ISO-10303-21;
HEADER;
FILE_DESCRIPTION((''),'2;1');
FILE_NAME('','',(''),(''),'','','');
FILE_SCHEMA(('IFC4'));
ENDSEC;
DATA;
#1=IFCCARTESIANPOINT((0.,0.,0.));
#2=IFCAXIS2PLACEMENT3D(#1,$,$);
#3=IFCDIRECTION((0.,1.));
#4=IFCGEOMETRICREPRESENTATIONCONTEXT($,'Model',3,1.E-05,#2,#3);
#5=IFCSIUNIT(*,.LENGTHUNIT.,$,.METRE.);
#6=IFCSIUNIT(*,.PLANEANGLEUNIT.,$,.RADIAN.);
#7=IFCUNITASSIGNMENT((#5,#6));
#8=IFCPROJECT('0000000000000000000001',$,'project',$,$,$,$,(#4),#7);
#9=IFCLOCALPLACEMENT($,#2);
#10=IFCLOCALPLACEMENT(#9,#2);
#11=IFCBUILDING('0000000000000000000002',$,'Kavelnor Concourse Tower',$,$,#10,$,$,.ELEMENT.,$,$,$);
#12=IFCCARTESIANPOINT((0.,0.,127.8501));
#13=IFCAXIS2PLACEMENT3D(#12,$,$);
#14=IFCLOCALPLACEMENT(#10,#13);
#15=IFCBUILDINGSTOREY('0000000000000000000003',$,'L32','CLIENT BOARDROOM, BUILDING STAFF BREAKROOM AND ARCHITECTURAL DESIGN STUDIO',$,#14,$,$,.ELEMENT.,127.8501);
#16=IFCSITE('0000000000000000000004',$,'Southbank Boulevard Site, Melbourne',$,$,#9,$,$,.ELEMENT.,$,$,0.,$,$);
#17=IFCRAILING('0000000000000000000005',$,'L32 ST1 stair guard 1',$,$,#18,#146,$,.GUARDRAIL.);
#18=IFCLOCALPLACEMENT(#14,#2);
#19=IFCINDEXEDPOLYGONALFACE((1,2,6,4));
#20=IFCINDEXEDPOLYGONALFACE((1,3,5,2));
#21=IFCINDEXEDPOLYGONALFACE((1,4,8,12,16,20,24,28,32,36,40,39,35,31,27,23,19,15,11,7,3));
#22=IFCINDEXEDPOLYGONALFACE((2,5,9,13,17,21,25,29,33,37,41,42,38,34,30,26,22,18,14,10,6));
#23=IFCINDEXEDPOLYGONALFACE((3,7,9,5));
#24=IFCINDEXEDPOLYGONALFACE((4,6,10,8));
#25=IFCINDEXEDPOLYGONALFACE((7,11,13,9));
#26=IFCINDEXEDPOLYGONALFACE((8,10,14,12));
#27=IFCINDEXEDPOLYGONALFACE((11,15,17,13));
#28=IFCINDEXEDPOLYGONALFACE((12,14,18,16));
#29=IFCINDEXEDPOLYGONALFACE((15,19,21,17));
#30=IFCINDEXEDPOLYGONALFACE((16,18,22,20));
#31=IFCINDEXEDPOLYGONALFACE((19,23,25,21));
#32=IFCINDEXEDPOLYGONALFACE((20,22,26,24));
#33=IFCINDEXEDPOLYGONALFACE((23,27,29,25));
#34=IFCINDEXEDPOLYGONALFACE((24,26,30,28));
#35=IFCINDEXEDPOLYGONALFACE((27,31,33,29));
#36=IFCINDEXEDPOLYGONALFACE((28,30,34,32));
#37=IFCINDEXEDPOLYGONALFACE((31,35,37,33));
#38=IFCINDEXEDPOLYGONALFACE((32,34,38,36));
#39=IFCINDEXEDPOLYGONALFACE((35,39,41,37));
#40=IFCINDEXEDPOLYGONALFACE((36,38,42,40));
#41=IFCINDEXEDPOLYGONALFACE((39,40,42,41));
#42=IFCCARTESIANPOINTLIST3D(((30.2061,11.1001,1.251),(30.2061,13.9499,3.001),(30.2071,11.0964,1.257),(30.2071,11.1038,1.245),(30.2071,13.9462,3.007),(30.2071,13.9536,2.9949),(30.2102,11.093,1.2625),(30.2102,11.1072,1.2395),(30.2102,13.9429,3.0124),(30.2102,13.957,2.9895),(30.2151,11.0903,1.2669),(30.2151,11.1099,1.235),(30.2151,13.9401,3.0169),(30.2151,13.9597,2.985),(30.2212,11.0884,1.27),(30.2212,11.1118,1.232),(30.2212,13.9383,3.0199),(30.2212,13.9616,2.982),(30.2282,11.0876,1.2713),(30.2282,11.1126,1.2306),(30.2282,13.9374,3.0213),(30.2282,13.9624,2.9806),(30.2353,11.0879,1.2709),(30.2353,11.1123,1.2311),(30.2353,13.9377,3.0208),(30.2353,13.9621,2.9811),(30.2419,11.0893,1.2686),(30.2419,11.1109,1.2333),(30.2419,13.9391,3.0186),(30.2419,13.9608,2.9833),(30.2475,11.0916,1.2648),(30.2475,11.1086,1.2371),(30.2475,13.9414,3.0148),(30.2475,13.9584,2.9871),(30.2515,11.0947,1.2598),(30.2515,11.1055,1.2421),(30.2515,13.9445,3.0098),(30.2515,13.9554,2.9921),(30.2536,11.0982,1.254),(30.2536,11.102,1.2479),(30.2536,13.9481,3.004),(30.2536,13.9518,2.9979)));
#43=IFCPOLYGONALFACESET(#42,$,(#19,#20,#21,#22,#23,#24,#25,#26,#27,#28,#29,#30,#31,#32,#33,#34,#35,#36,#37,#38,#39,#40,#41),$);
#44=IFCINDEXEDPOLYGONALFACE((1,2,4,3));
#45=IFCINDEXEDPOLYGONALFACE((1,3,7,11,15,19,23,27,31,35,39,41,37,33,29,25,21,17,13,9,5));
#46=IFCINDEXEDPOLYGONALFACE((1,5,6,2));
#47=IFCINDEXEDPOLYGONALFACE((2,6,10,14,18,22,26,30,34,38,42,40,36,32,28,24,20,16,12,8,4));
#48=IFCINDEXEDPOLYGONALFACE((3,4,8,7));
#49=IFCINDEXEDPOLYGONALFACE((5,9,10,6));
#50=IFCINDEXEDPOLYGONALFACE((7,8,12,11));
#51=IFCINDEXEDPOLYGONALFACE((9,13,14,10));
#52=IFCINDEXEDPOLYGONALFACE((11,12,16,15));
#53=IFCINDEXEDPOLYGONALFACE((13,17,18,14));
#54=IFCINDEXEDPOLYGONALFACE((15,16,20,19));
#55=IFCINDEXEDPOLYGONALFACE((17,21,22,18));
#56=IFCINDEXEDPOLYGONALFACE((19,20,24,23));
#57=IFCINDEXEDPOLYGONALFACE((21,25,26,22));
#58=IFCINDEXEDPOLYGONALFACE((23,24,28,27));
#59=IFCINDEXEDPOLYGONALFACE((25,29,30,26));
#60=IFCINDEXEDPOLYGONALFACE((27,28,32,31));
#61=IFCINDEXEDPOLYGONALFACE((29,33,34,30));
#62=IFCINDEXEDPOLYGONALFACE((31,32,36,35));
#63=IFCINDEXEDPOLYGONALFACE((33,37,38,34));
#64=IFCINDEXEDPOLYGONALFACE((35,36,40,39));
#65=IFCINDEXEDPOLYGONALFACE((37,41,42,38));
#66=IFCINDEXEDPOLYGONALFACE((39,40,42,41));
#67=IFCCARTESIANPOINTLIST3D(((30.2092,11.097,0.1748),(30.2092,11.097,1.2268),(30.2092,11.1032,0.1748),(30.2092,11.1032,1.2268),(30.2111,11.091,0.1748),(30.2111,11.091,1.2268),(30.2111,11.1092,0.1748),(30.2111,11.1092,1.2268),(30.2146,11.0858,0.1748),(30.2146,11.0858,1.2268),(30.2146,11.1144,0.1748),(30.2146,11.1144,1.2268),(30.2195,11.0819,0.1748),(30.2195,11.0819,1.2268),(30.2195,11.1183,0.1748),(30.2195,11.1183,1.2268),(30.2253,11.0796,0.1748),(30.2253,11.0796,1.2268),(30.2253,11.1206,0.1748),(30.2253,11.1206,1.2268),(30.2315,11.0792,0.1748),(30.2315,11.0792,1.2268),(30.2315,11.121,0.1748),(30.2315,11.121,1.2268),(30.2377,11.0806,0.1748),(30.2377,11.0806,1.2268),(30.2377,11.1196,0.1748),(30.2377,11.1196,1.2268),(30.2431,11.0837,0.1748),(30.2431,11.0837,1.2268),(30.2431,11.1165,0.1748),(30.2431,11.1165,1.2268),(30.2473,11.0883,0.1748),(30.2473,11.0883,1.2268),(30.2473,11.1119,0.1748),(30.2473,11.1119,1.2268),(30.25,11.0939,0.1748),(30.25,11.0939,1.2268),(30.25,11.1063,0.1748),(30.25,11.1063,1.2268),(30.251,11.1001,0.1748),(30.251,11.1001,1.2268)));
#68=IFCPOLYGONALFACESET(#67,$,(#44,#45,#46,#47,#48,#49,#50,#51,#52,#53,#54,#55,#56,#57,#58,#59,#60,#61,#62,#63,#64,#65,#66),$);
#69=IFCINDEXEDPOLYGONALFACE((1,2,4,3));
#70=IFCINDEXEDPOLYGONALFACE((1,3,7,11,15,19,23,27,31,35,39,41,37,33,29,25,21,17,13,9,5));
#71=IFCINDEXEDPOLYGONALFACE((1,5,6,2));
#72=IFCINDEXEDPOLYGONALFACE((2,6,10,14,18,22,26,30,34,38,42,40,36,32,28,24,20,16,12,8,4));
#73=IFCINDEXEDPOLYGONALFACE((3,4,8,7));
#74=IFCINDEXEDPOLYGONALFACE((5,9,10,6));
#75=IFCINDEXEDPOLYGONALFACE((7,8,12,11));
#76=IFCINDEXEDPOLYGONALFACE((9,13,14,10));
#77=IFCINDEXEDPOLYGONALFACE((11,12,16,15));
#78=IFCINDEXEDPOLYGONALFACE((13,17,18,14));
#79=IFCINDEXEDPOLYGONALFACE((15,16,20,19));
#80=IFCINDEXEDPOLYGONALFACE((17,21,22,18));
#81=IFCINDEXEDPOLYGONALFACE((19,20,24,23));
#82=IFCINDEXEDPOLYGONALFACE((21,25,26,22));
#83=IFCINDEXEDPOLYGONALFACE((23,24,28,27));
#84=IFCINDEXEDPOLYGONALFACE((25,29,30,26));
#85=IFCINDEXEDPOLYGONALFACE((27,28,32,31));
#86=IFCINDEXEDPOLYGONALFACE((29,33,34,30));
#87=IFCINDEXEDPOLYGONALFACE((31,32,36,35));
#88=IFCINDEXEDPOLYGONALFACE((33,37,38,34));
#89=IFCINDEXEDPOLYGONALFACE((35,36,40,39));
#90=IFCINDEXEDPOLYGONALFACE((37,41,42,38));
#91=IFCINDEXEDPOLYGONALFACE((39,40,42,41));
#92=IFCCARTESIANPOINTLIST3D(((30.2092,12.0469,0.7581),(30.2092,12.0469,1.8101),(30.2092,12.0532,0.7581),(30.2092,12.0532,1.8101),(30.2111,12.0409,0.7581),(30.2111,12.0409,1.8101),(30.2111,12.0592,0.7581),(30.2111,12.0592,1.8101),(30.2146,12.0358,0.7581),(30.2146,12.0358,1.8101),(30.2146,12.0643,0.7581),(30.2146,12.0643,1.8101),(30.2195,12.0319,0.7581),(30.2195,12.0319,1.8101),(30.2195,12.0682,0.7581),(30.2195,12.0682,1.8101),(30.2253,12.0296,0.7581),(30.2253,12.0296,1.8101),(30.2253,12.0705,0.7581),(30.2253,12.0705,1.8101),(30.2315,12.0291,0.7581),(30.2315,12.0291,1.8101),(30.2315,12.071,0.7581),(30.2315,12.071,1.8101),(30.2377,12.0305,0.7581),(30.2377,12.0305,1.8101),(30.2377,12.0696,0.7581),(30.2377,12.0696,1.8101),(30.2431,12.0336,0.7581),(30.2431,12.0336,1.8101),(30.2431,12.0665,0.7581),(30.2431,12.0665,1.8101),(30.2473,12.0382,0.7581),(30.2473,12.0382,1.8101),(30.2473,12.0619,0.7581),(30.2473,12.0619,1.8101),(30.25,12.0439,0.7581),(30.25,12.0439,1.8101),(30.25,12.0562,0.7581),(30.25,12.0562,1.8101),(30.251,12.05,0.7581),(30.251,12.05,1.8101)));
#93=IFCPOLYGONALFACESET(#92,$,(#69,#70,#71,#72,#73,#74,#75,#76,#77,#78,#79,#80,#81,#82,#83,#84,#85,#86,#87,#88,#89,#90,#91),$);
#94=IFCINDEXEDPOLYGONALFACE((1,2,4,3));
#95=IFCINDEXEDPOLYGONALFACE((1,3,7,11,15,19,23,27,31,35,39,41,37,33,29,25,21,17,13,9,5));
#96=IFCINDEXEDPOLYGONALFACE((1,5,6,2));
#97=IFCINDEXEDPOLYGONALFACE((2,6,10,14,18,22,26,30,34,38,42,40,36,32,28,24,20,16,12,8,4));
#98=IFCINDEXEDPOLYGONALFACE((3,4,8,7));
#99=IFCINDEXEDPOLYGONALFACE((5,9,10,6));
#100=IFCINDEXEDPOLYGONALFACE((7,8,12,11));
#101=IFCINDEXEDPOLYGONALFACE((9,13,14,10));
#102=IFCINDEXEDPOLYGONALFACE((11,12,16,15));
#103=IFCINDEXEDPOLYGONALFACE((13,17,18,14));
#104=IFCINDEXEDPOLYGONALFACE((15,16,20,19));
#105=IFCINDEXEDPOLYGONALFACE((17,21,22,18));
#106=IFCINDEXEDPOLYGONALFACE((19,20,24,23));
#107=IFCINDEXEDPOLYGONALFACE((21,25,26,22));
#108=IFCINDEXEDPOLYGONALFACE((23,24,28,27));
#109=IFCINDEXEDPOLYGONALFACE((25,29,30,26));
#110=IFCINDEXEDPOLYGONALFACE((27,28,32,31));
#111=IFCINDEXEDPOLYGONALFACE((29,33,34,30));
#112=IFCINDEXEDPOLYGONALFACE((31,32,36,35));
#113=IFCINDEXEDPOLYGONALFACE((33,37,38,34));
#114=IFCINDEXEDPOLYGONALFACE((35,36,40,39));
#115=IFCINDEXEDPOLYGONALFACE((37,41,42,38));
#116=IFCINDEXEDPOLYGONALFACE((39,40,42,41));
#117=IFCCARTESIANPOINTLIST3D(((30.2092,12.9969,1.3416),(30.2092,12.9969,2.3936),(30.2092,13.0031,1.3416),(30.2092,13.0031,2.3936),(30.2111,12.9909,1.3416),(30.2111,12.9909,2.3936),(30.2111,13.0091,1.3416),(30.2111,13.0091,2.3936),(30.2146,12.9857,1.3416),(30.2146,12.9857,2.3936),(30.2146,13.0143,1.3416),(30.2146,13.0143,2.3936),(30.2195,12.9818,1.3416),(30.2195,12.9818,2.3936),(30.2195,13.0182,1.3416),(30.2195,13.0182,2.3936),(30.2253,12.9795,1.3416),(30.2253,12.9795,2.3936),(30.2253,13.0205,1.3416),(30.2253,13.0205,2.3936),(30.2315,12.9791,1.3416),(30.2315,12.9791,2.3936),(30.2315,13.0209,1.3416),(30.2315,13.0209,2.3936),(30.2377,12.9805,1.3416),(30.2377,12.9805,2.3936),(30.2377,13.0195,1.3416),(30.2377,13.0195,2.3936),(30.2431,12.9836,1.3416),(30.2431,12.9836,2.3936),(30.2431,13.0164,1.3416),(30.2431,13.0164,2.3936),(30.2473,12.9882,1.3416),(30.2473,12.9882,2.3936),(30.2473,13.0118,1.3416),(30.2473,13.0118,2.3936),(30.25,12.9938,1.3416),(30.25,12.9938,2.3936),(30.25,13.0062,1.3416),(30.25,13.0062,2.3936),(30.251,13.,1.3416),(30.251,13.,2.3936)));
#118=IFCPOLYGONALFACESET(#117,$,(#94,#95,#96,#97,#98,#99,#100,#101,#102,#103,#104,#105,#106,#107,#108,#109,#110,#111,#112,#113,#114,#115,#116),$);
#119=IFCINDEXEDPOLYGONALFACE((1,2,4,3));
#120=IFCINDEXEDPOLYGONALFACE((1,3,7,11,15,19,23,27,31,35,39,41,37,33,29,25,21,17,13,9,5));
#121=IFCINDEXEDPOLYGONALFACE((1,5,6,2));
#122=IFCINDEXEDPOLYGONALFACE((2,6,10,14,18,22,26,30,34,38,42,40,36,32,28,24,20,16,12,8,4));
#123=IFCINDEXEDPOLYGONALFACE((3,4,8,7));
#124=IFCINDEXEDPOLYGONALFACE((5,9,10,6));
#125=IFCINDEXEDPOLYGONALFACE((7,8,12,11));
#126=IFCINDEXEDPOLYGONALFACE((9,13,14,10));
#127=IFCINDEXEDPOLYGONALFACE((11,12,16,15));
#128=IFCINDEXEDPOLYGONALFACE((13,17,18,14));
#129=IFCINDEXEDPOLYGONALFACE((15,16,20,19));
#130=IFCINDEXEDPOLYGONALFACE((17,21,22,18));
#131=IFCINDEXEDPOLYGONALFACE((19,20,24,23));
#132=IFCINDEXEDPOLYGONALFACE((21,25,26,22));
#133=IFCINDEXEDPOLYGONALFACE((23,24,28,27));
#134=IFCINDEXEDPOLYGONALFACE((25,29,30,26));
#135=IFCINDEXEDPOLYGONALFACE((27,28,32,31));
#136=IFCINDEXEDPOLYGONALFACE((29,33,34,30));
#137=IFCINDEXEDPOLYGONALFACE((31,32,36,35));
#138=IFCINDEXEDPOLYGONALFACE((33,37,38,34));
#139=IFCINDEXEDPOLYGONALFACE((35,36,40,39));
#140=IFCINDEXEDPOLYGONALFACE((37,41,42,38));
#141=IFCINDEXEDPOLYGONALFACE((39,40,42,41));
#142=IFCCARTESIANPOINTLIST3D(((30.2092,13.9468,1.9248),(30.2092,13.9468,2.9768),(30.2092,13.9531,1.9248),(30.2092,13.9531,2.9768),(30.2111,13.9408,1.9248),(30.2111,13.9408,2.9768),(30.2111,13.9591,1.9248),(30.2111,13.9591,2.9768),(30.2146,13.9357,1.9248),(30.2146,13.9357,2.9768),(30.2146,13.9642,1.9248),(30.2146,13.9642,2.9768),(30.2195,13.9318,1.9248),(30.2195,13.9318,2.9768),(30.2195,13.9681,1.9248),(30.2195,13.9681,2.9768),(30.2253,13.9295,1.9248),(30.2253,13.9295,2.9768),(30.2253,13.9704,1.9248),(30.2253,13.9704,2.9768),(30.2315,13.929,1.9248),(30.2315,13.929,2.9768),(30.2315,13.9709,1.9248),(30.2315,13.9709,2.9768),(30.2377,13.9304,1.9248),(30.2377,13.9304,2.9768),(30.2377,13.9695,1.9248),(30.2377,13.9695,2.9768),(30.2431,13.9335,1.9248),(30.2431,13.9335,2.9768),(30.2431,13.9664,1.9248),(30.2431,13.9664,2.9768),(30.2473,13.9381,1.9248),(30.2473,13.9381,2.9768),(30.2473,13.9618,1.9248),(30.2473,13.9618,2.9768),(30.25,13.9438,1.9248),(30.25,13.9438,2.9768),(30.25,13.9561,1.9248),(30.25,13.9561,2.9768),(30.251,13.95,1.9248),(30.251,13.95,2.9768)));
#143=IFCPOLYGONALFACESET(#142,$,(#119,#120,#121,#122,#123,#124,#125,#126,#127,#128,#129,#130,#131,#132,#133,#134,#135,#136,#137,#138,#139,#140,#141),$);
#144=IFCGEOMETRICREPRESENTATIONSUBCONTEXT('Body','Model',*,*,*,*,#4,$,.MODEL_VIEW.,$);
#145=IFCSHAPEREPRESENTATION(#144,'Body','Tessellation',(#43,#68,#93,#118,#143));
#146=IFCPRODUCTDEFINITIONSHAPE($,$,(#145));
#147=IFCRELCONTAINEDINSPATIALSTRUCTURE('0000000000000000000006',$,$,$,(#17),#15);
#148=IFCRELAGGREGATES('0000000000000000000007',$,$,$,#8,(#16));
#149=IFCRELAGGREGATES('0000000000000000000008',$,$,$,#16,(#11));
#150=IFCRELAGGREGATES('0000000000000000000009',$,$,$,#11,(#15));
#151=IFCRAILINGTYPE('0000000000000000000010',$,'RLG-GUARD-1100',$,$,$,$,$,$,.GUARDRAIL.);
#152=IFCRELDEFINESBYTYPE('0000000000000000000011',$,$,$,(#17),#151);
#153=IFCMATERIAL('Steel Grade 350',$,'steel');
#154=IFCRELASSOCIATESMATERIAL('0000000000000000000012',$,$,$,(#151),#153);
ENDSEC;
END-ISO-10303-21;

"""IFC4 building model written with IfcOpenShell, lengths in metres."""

from ifc_helpers import new_model, si_unit, direction, frame, origin, origin_2d, place, context, subcontext, project, spatial, circle, extrude, material, type_object, element, save


model = new_model("IFC4")

# Units and contexts
model_context = context("Model", 3, precision=1e-05, world=origin(), true_north=direction((0.0, 1.0)))
body_context = subcontext(model_context, "Body", "Model", "MODEL_VIEW")
ifc_project = project(units=[si_unit("LENGTHUNIT", "METRE"), si_unit("PLANEANGLEUNIT", "RADIAN")], contexts=[model_context])

# Site, building, storey
site_placement = place(None, origin())
site = spatial("IfcSite", under=ifc_project, at=site_placement, Name="Southbank Boulevard Site, Melbourne", CompositionType="ELEMENT", RefElevation=0.0)
building_placement = place(site_placement, origin())
building = spatial("IfcBuilding", under=site, at=building_placement, Name="Kavelnor Concourse Tower", CompositionType="ELEMENT")
storey_placement = place(building_placement, frame((0.0, 0.0, 127.8501)))
storey = spatial("IfcBuildingStorey", under=building, at=storey_placement, Name="L32", Description="CLIENT BOARDROOM, BUILDING STAFF BREAKROOM AND ARCHITECTURAL DESIGN STUDIO", CompositionType="ELEMENT", Elevation=127.8501)

# Shared definitions
ifc_material_1 = material(Name="Steel Grade 350", Category="steel")

# Railing
railing_type_1 = type_object("IfcRailingType", Name="RLG-GUARD-1100", PredefinedType="GUARDRAIL", material=ifc_material_1)
railing_1_placement = place(storey_placement, frame((30.23, 11.1001, 0.1748)))
element("IfcRailing", 1, at=railing_1_placement, inside=storey, type_object=railing_type_1, Name="L32 ST1 stair guard 1", PredefinedType="GUARDRAIL", context=body_context, shape_type="SweptSolid", body=[
    extrude(circle(Radius=0.0239, at=origin_2d()), frame((0.0, 0.0, 1.0762), z_axis=(0.0, 0.852159, 0.523283), x_axis=(-1.0, 0.0, 0.0)), (0.0, 0.0, 1.0), 3.3442),
    extrude(circle(Radius=0.021, at=origin_2d()), origin(), (0.0, 0.0, 1.0), 1.052),
    extrude(circle(Radius=0.021, at=origin_2d()), frame((0.0, 0.95, 0.5833)), (0.0, 0.0, 1.0), 1.052),
    extrude(circle(Radius=0.021, at=origin_2d()), frame((0.0, 1.8999, 1.1667)), (0.0, 0.0, 1.0), 1.052),
    extrude(circle(Radius=0.021, at=origin_2d()), frame((0.0, 2.8499, 1.75)), (0.0, 0.0, 1.0), 1.052),
])

save(model, "model.ifc")
